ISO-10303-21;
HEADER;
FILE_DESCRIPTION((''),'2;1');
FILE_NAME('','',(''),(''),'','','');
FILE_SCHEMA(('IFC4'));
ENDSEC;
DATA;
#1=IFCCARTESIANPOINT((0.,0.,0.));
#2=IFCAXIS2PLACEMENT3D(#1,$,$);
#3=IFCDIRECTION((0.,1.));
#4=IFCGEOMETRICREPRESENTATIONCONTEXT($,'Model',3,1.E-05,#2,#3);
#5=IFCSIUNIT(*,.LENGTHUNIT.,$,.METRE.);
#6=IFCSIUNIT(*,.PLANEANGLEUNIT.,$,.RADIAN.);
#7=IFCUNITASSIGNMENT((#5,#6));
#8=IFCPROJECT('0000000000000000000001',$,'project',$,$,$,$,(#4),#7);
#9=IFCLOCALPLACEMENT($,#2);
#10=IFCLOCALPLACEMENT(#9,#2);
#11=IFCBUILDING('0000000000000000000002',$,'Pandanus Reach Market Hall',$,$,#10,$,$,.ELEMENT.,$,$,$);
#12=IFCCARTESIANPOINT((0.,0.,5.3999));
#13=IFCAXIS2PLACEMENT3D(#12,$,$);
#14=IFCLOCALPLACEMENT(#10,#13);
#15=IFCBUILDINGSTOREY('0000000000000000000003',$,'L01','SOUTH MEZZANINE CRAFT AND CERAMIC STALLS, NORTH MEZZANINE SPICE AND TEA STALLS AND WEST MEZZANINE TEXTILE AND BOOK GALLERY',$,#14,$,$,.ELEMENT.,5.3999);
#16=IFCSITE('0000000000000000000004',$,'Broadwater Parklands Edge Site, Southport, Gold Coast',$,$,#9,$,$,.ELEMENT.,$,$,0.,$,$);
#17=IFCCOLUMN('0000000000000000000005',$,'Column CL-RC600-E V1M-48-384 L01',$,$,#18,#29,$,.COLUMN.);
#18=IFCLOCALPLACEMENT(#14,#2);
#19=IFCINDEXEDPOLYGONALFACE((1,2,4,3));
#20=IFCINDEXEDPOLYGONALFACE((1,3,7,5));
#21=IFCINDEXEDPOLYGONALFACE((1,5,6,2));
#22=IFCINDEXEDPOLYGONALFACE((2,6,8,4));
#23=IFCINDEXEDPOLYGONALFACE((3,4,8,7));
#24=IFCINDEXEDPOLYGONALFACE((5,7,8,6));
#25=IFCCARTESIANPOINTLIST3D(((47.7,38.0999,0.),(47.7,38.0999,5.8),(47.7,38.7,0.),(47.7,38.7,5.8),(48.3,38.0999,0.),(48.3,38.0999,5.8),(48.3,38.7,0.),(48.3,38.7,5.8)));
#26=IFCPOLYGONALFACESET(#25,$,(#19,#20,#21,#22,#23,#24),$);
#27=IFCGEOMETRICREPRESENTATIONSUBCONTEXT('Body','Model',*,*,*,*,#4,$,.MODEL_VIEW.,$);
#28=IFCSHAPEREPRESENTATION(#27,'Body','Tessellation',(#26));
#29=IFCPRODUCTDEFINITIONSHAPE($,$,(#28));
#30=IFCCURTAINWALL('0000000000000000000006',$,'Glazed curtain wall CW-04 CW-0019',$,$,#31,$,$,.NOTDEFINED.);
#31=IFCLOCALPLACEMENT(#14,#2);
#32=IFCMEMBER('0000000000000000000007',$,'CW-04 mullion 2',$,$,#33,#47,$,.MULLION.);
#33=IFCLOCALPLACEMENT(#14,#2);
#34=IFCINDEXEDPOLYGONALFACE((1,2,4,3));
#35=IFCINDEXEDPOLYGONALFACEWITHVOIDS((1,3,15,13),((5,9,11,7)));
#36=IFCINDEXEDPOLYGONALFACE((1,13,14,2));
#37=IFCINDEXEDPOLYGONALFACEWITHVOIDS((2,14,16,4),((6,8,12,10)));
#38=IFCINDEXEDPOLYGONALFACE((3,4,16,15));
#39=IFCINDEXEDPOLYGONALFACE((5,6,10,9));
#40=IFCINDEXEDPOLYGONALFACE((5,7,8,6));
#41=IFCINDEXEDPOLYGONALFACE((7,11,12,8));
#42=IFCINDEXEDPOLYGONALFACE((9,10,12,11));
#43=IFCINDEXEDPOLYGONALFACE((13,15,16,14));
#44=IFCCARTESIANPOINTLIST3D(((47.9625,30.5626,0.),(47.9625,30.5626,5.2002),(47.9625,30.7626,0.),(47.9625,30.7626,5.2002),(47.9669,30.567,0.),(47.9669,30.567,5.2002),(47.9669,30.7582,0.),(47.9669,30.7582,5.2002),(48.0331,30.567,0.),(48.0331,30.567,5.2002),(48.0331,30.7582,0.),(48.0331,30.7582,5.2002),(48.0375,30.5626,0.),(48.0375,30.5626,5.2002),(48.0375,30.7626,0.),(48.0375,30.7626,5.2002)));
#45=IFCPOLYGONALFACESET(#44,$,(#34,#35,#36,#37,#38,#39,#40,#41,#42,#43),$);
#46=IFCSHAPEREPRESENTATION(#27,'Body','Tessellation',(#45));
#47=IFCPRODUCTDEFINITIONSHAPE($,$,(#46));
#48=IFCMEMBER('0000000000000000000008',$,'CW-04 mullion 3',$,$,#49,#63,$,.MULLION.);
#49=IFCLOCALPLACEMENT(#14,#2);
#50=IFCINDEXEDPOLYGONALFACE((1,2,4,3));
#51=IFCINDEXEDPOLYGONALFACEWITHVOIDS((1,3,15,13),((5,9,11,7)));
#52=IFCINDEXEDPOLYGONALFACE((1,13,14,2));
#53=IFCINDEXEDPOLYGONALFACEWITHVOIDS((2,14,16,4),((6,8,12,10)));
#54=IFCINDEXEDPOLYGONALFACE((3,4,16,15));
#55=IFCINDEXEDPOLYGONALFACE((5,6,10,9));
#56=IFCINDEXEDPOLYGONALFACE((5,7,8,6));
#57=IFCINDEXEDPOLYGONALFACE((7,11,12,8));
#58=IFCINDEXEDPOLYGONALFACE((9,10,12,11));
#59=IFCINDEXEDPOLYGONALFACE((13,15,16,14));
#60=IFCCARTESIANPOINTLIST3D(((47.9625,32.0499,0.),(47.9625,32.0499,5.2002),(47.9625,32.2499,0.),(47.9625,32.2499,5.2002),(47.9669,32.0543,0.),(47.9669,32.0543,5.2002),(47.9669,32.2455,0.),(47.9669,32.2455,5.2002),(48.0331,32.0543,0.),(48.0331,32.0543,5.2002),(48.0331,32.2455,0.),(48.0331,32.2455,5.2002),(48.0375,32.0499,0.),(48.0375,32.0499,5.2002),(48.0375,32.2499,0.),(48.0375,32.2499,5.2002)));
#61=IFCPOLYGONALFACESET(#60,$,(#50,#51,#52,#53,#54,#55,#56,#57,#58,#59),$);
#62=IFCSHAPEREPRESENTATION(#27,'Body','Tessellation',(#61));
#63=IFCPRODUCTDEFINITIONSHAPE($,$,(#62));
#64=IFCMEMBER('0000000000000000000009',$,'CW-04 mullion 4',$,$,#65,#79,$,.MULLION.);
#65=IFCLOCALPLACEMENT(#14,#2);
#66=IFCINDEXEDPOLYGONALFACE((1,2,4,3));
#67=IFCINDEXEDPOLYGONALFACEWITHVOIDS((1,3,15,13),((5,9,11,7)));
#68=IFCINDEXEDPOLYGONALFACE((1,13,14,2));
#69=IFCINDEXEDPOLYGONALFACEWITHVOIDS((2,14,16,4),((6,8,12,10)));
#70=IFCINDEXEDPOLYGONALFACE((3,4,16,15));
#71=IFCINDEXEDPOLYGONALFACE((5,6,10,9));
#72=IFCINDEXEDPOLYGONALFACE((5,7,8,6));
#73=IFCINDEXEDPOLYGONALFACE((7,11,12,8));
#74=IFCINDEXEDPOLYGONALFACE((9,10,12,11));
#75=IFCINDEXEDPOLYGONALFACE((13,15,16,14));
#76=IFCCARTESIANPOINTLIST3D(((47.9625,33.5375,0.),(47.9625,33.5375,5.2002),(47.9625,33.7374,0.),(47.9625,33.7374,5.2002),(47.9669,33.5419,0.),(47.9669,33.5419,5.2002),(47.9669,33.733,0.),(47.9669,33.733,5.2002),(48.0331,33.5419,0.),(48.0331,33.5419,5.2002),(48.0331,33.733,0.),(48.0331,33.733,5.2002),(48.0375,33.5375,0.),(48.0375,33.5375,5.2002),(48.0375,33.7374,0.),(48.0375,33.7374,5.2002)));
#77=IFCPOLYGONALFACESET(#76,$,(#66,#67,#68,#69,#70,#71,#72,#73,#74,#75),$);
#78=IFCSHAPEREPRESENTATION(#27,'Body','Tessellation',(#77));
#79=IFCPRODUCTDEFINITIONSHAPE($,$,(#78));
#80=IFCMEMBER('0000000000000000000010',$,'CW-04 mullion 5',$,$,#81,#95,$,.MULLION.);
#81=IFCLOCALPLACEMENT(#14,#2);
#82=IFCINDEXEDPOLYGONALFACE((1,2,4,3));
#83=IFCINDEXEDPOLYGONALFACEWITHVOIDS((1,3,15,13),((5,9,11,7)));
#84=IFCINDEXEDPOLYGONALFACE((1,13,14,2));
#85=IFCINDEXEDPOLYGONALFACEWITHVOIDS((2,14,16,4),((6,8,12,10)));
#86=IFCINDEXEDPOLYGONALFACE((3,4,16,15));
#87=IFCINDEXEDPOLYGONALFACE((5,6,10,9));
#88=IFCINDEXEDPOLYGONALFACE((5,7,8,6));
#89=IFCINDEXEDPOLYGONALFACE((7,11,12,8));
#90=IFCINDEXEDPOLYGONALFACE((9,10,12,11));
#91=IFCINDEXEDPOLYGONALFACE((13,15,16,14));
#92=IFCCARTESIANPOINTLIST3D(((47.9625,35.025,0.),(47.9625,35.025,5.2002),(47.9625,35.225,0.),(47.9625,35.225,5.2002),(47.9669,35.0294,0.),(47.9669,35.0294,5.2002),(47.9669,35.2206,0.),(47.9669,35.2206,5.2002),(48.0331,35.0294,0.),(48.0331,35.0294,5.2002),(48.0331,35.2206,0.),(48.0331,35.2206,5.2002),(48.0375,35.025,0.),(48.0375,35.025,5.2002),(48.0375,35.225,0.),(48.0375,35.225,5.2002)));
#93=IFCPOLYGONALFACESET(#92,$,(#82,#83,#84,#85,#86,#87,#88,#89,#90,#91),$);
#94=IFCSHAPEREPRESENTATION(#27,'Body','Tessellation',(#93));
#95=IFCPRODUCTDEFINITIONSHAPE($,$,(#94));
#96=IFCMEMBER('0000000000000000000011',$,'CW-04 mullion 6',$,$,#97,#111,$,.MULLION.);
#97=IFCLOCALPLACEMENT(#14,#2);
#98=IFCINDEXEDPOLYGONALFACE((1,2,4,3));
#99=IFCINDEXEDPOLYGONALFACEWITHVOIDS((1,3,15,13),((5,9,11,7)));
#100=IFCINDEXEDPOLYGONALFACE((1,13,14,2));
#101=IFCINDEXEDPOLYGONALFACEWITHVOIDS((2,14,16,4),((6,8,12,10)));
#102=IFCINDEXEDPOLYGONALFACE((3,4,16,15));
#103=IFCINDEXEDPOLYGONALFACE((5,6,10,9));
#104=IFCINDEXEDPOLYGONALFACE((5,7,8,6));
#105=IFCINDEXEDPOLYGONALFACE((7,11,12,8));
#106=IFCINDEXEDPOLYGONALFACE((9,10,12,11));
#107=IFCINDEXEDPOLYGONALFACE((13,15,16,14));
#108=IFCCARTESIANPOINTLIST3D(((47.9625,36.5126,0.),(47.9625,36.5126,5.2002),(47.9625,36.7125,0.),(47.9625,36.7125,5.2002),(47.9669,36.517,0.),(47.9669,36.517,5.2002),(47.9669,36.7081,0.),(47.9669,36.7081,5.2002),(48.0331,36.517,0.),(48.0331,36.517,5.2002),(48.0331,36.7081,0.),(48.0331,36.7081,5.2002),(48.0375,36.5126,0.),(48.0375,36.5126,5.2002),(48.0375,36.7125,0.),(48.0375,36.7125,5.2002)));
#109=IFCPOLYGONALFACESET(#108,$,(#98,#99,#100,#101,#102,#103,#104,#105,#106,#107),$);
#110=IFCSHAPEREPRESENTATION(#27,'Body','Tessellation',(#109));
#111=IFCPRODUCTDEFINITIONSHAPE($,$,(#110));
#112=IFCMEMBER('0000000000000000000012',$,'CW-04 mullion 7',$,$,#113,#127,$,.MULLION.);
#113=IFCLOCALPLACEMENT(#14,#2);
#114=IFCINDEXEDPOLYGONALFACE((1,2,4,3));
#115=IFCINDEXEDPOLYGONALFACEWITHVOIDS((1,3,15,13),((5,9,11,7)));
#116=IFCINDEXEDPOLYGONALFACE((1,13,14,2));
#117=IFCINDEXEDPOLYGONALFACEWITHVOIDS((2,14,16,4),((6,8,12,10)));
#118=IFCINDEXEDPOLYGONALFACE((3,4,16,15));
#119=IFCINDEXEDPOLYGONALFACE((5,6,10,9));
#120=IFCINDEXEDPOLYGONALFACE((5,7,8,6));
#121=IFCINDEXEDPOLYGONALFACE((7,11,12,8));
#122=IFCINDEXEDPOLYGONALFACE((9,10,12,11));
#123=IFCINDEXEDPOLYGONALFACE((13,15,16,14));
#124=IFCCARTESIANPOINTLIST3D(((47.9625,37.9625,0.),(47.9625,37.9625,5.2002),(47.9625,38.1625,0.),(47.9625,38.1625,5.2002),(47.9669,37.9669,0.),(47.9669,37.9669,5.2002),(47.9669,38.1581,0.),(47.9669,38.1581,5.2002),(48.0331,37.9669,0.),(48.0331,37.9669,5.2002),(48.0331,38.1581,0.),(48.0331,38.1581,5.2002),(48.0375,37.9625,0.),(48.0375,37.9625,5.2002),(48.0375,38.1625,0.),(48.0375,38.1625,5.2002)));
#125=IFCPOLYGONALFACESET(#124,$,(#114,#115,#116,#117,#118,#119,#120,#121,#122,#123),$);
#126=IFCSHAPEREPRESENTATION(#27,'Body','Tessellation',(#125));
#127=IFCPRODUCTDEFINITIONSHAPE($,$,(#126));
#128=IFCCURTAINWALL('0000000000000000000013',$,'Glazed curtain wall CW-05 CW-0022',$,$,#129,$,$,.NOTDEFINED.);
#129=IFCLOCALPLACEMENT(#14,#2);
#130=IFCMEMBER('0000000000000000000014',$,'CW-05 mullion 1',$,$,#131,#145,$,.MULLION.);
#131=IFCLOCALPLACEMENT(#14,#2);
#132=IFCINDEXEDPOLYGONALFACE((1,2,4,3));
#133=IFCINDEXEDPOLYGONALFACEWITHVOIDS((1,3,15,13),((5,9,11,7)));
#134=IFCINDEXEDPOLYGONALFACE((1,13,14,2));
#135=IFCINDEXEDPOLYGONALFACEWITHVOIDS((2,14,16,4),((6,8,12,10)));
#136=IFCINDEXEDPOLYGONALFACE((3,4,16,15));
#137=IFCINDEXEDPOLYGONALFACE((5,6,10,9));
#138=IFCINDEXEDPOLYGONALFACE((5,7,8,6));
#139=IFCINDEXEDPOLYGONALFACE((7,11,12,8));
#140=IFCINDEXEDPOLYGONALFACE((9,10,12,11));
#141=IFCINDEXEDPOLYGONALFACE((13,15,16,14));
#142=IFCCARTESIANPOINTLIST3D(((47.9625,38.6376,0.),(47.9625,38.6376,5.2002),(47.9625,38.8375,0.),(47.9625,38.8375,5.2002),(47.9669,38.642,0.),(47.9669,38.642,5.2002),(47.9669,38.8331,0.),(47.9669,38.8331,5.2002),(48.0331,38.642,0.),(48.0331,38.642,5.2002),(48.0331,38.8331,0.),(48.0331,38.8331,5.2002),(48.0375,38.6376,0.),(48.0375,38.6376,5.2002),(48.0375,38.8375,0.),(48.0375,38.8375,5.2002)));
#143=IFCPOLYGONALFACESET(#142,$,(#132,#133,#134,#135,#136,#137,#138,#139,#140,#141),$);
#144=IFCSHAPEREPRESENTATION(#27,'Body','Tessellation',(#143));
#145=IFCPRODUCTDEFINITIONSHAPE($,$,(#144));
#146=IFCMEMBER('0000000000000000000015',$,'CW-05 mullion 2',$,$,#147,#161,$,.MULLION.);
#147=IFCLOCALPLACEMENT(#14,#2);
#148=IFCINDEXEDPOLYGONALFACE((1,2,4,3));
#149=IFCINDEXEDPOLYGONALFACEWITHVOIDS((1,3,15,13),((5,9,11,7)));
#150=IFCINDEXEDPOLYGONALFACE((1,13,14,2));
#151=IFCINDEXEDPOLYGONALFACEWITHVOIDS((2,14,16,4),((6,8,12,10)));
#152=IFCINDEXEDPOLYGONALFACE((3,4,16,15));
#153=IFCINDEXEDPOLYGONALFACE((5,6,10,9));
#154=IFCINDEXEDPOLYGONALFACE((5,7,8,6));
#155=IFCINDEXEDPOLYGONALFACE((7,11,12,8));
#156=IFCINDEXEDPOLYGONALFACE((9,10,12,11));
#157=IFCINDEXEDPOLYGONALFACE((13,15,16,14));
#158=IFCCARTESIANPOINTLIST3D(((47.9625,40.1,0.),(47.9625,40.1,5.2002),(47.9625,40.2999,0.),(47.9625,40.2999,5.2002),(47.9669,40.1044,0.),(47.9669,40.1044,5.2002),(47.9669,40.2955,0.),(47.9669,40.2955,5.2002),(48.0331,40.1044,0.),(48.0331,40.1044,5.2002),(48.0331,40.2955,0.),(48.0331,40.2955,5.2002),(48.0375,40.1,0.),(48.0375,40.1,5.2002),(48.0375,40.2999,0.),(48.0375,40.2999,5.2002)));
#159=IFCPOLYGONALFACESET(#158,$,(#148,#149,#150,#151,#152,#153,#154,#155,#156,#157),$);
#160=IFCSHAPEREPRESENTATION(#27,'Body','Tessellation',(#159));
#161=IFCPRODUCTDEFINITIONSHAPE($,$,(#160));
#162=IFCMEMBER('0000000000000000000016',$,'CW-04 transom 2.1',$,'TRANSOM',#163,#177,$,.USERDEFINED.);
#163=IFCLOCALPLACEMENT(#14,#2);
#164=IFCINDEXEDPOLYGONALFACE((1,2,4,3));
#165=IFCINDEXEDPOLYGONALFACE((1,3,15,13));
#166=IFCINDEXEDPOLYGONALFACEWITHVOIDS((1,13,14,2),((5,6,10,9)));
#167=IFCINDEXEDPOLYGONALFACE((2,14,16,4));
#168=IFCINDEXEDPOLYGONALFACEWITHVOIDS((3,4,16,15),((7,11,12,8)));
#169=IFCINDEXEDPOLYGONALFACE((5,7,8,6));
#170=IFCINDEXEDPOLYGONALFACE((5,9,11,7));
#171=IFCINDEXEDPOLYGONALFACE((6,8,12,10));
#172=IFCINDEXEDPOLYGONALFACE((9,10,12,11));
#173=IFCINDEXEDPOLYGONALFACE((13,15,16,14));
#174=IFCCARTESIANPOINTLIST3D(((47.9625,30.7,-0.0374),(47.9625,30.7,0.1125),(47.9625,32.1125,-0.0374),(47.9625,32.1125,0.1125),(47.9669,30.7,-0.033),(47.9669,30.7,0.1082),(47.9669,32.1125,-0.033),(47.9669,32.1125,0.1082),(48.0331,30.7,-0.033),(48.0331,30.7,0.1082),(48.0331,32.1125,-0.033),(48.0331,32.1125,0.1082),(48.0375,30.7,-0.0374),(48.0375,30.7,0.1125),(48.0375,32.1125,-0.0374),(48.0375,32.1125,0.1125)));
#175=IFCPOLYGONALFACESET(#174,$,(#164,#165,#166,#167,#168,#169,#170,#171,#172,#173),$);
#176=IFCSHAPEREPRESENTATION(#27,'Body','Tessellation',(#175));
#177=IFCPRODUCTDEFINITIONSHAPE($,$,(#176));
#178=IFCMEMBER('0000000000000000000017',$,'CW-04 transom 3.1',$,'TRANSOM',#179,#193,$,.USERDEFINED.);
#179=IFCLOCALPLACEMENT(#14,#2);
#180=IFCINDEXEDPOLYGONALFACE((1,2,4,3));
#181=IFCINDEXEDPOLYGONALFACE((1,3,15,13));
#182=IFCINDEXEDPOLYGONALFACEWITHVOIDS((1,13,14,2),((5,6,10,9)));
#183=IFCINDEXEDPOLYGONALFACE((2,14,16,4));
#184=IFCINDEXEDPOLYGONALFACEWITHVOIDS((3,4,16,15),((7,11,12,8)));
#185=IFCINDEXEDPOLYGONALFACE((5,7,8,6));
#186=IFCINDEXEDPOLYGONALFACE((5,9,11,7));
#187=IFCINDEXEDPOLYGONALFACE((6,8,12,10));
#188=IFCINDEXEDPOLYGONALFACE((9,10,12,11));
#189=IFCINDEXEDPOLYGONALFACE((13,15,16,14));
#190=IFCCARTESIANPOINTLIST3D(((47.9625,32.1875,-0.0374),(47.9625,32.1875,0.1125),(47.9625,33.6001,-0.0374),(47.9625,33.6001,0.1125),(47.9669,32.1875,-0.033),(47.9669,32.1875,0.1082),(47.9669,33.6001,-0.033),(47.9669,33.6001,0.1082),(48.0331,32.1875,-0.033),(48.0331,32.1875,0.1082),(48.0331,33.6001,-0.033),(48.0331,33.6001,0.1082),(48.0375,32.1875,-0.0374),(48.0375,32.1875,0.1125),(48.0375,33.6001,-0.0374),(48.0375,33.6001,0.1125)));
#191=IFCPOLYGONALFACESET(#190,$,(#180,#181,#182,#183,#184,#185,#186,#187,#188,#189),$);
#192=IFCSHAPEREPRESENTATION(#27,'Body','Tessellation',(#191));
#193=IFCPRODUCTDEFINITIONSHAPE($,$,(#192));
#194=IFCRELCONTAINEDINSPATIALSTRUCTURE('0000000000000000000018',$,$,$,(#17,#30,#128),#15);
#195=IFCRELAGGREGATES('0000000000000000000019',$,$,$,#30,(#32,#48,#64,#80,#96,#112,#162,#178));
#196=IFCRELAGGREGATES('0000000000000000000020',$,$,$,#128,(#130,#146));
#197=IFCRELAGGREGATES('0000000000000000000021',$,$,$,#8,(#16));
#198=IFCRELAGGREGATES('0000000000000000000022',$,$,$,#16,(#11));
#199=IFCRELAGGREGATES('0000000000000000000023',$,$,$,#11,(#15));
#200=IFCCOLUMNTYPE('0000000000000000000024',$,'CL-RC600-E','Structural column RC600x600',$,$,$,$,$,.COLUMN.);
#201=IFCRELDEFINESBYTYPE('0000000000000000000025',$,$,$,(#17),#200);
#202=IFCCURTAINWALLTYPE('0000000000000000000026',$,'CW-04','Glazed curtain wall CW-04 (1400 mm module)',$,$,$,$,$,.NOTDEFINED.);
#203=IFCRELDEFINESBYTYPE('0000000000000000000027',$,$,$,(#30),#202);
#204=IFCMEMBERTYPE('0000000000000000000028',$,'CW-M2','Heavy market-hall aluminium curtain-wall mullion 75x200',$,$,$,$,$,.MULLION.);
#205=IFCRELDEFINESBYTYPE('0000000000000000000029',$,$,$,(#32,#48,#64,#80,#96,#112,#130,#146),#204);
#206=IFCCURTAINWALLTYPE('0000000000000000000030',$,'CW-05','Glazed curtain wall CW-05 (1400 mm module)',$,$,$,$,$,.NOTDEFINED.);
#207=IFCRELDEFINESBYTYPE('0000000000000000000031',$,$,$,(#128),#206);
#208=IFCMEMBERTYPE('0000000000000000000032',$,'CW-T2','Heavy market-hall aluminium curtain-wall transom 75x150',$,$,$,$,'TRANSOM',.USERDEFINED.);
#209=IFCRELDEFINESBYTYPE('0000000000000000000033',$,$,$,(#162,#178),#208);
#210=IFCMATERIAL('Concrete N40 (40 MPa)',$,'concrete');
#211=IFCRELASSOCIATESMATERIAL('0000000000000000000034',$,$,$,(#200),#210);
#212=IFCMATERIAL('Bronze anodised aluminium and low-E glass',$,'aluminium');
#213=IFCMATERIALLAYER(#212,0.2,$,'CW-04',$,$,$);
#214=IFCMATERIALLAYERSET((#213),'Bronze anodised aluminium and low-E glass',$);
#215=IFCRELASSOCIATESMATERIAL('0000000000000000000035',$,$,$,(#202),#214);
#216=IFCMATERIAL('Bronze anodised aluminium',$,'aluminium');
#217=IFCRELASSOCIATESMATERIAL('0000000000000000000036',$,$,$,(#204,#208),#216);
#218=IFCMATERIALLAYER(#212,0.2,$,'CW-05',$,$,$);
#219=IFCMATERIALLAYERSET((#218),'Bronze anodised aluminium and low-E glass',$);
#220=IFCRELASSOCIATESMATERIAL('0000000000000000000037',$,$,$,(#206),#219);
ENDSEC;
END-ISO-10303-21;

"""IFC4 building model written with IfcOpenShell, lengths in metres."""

from ifc_helpers import new_model, si_unit, direction, frame, origin, origin_2d, place, context, subcontext, project, spatial, rectangle, hollow_rectangle, extrude, material, layer, layer_set, material_profile, profile_set, type_object, element, aggregate, save


model = new_model("IFC4")

# Units and contexts
model_context = context("Model", 3, precision=1e-05, world=origin(), true_north=direction((0.0, 1.0)))
body_context = subcontext(model_context, "Body", "Model", "MODEL_VIEW")
ifc_project = project(units=[si_unit("LENGTHUNIT", "METRE"), si_unit("PLANEANGLEUNIT", "RADIAN")], contexts=[model_context])

# Site, building, storey
site_placement = place(None, origin())
site = spatial("IfcSite", under=ifc_project, at=site_placement, Name="Broadwater Parklands Edge Site, Southport, Gold Coast", CompositionType="ELEMENT", RefElevation=0.0)
building_placement = place(site_placement, origin())
building = spatial("IfcBuilding", under=site, at=building_placement, Name="Pandanus Reach Market Hall", CompositionType="ELEMENT")
storey_placement = place(building_placement, frame((0.0, 0.0, 5.3999)))
storey = spatial("IfcBuildingStorey", under=building, at=storey_placement, Name="L01", Description="SOUTH MEZZANINE CRAFT AND CERAMIC STALLS, NORTH MEZZANINE SPICE AND TEA STALLS AND WEST MEZZANINE TEXTILE AND BOOK GALLERY", CompositionType="ELEMENT", Elevation=5.3999)

# Column
ifc_material_1 = material(Name="Concrete N40 (40 MPa)", Category="concrete")
ifc_material_profile_1 = material_profile(ifc_material_1, rectangle(XDim=0.6001, YDim=0.6001, at=origin_2d()), Name="RC600x600", Category="LoadBearing")
ifc_profile_set_1 = profile_set([ifc_material_profile_1], Name="Concrete N40 (40 MPa)")
column_type = type_object("IfcColumnType", Name="CL-RC600-E", Description="Structural column RC600x600", PredefinedType="COLUMN", material=ifc_profile_set_1)
column_placement = place(storey_placement, frame((48.0, 38.3999, 0.0), z_axis=(0.0, 0.0, 1.0), x_axis=(1.0, 0.0, 0.0)))
element("IfcColumn", 1, at=column_placement, inside=storey, type_object=column_type, Name="Column CL-RC600-E V1M-48-384 L01", PredefinedType="COLUMN", context=body_context, shape_type="SweptSolid", body=[
    extrude(rectangle(XDim=0.6001, YDim=0.6001, at=origin_2d()), origin(), (0.0, 0.0, 1.0), 5.8),
])

# Curtain walls, members
ifc_material_2 = material(Name="Bronze anodised aluminium and low-E glass", Category="aluminium")
ifc_layer_1 = layer(ifc_material_2, 0.2, Name="CW-04")
ifc_layer_set_1 = layer_set([ifc_layer_1], Name="Bronze anodised aluminium and low-E glass")
curtain_wall_type_1 = type_object("IfcCurtainWallType", Name="CW-04", Description="Glazed curtain wall CW-04 (1400 mm module)", PredefinedType="NOTDEFINED", material=ifc_layer_set_1)
curtain_wall_1_placement = place(storey_placement, origin())
curtain_wall_1 = element("IfcCurtainWall", 2, at=curtain_wall_1_placement, inside=storey, type_object=curtain_wall_type_1, Name="Glazed curtain wall CW-04 CW-0019", PredefinedType="NOTDEFINED")
ifc_material_3 = material(Name="Bronze anodised aluminium", Category="aluminium")
ifc_material_profile_2 = material_profile(ifc_material_3, hollow_rectangle(XDim=0.075, YDim=0.2, WallThickness=0.0044, at=origin_2d()), Name="ALU75x200", Category="LoadBearing")
ifc_profile_set_2 = profile_set([ifc_material_profile_2], Name="Bronze anodised aluminium")
member_type_1 = type_object("IfcMemberType", Name="CW-M2", Description="Heavy market-hall aluminium curtain-wall mullion 75x200", PredefinedType="MULLION", material=ifc_profile_set_2)
member_1_placement = place(storey_placement, frame((48.0, 30.6626, 0.0), z_axis=(0.0, 0.0, 1.0), x_axis=(-1.0, 0.0, 0.0)))
member_1 = element("IfcMember", 3, at=member_1_placement, type_object=member_type_1, Name="CW-04 mullion 2", PredefinedType="MULLION", context=body_context, shape_type="SweptSolid", body=[
    extrude(hollow_rectangle(XDim=0.075, YDim=0.2, WallThickness=0.0044, at=origin_2d()), origin(), (0.0, 0.0, 1.0), 5.2002),
])
member_2_placement = place(storey_placement, frame((48.0, 32.1499, 0.0), z_axis=(0.0, 0.0, 1.0), x_axis=(-1.0, 0.0, 0.0)))
member_2 = element("IfcMember", 4, at=member_2_placement, type_object=member_type_1, Name="CW-04 mullion 3", PredefinedType="MULLION", context=body_context, shape_type="SweptSolid", body=[
    extrude(hollow_rectangle(XDim=0.075, YDim=0.2, WallThickness=0.0044, at=origin_2d()), origin(), (0.0, 0.0, 1.0), 5.2002),
])
member_3_placement = place(storey_placement, frame((48.0, 33.6375, 0.0), z_axis=(0.0, 0.0, 1.0), x_axis=(-1.0, 0.0, 0.0)))
member_3 = element("IfcMember", 5, at=member_3_placement, type_object=member_type_1, Name="CW-04 mullion 4", PredefinedType="MULLION", context=body_context, shape_type="SweptSolid", body=[
    extrude(hollow_rectangle(XDim=0.075, YDim=0.2, WallThickness=0.0044, at=origin_2d()), origin(), (0.0, 0.0, 1.0), 5.2002),
])
member_4_placement = place(storey_placement, frame((48.0, 35.125, 0.0), z_axis=(0.0, 0.0, 1.0), x_axis=(-1.0, 0.0, 0.0)))
member_4 = element("IfcMember", 6, at=member_4_placement, type_object=member_type_1, Name="CW-04 mullion 5", PredefinedType="MULLION", context=body_context, shape_type="SweptSolid", body=[
    extrude(hollow_rectangle(XDim=0.075, YDim=0.2, WallThickness=0.0044, at=origin_2d()), origin(), (0.0, 0.0, 1.0), 5.2002),
])
member_5_placement = place(storey_placement, frame((48.0, 36.6125, 0.0), z_axis=(0.0, 0.0, 1.0), x_axis=(-1.0, 0.0, 0.0)))
member_5 = element("IfcMember", 7, at=member_5_placement, type_object=member_type_1, Name="CW-04 mullion 6", PredefinedType="MULLION", context=body_context, shape_type="SweptSolid", body=[
    extrude(hollow_rectangle(XDim=0.075, YDim=0.2, WallThickness=0.0044, at=origin_2d()), origin(), (0.0, 0.0, 1.0), 5.2002),
])
member_6_placement = place(storey_placement, frame((48.0, 38.0625, 0.0), z_axis=(0.0, 0.0, 1.0), x_axis=(-1.0, 0.0, 0.0)))
member_6 = element("IfcMember", 8, at=member_6_placement, type_object=member_type_1, Name="CW-04 mullion 7", PredefinedType="MULLION", context=body_context, shape_type="SweptSolid", body=[
    extrude(hollow_rectangle(XDim=0.075, YDim=0.2, WallThickness=0.0044, at=origin_2d()), origin(), (0.0, 0.0, 1.0), 5.2002),
])
ifc_layer_2 = layer(ifc_material_2, 0.2, Name="CW-05")
ifc_layer_set_2 = layer_set([ifc_layer_2], Name="Bronze anodised aluminium and low-E glass")
curtain_wall_type_2 = type_object("IfcCurtainWallType", Name="CW-05", Description="Glazed curtain wall CW-05 (1400 mm module)", PredefinedType="NOTDEFINED", material=ifc_layer_set_2)
curtain_wall_2_placement = place(storey_placement, origin())
curtain_wall_2 = element("IfcCurtainWall", 9, at=curtain_wall_2_placement, inside=storey, type_object=curtain_wall_type_2, Name="Glazed curtain wall CW-05 CW-0022", PredefinedType="NOTDEFINED")
member_7_placement = place(storey_placement, frame((48.0, 38.7375, 0.0), z_axis=(0.0, 0.0, 1.0), x_axis=(-1.0, 0.0, 0.0)))
member_7 = element("IfcMember", 10, at=member_7_placement, type_object=member_type_1, Name="CW-05 mullion 1", PredefinedType="MULLION", context=body_context, shape_type="SweptSolid", body=[
    extrude(hollow_rectangle(XDim=0.075, YDim=0.2, WallThickness=0.0044, at=origin_2d()), origin(), (0.0, 0.0, 1.0), 5.2002),
])
member_8_placement = place(storey_placement, frame((48.0, 40.2, 0.0), z_axis=(0.0, 0.0, 1.0), x_axis=(-1.0, 0.0, 0.0)))
member_8 = element("IfcMember", 11, at=member_8_placement, type_object=member_type_1, Name="CW-05 mullion 2", PredefinedType="MULLION", context=body_context, shape_type="SweptSolid", body=[
    extrude(hollow_rectangle(XDim=0.075, YDim=0.2, WallThickness=0.0044, at=origin_2d()), origin(), (0.0, 0.0, 1.0), 5.2002),
])

# Members
ifc_material_profile_3 = material_profile(ifc_material_3, hollow_rectangle(XDim=0.075, YDim=0.1499, WallThickness=0.0044, at=origin_2d()), Name="ALU75x150", Category="LoadBearing")
ifc_profile_set_3 = profile_set([ifc_material_profile_3], Name="Bronze anodised aluminium")
member_type_2 = type_object("IfcMemberType", Name="CW-T2", Description="Heavy market-hall aluminium curtain-wall transom 75x150", ElementType="TRANSOM", PredefinedType="USERDEFINED", material=ifc_profile_set_3)
member_9_placement = place(storey_placement, frame((48.0, 30.7, 0.0376), z_axis=(0.0, 1.0, 0.0), x_axis=(-1.0, 0.0, 0.0)))
member_9 = element("IfcMember", 12, at=member_9_placement, type_object=member_type_2, Name="CW-04 transom 2.1", ObjectType="TRANSOM", PredefinedType="USERDEFINED", context=body_context, shape_type="SweptSolid", body=[
    extrude(hollow_rectangle(XDim=0.075, YDim=0.1499, WallThickness=0.0044, at=origin_2d()), origin(), (0.0, 0.0, 1.0), 1.4126),
])
member_10_placement = place(storey_placement, frame((48.0, 32.1875, 0.0376), z_axis=(0.0, 1.0, 0.0), x_axis=(-1.0, 0.0, 0.0)))
member_10 = element("IfcMember", 13, at=member_10_placement, type_object=member_type_2, Name="CW-04 transom 3.1", ObjectType="TRANSOM", PredefinedType="USERDEFINED", context=body_context, shape_type="SweptSolid", body=[
    extrude(hollow_rectangle(XDim=0.075, YDim=0.1499, WallThickness=0.0044, at=origin_2d()), origin(), (0.0, 0.0, 1.0), 1.4126),
])
aggregate(curtain_wall_1, [member_1, member_2, member_3, member_4, member_5, member_6, member_9, member_10])
aggregate(curtain_wall_2, [member_7, member_8])

save(model, "model.ifc")
